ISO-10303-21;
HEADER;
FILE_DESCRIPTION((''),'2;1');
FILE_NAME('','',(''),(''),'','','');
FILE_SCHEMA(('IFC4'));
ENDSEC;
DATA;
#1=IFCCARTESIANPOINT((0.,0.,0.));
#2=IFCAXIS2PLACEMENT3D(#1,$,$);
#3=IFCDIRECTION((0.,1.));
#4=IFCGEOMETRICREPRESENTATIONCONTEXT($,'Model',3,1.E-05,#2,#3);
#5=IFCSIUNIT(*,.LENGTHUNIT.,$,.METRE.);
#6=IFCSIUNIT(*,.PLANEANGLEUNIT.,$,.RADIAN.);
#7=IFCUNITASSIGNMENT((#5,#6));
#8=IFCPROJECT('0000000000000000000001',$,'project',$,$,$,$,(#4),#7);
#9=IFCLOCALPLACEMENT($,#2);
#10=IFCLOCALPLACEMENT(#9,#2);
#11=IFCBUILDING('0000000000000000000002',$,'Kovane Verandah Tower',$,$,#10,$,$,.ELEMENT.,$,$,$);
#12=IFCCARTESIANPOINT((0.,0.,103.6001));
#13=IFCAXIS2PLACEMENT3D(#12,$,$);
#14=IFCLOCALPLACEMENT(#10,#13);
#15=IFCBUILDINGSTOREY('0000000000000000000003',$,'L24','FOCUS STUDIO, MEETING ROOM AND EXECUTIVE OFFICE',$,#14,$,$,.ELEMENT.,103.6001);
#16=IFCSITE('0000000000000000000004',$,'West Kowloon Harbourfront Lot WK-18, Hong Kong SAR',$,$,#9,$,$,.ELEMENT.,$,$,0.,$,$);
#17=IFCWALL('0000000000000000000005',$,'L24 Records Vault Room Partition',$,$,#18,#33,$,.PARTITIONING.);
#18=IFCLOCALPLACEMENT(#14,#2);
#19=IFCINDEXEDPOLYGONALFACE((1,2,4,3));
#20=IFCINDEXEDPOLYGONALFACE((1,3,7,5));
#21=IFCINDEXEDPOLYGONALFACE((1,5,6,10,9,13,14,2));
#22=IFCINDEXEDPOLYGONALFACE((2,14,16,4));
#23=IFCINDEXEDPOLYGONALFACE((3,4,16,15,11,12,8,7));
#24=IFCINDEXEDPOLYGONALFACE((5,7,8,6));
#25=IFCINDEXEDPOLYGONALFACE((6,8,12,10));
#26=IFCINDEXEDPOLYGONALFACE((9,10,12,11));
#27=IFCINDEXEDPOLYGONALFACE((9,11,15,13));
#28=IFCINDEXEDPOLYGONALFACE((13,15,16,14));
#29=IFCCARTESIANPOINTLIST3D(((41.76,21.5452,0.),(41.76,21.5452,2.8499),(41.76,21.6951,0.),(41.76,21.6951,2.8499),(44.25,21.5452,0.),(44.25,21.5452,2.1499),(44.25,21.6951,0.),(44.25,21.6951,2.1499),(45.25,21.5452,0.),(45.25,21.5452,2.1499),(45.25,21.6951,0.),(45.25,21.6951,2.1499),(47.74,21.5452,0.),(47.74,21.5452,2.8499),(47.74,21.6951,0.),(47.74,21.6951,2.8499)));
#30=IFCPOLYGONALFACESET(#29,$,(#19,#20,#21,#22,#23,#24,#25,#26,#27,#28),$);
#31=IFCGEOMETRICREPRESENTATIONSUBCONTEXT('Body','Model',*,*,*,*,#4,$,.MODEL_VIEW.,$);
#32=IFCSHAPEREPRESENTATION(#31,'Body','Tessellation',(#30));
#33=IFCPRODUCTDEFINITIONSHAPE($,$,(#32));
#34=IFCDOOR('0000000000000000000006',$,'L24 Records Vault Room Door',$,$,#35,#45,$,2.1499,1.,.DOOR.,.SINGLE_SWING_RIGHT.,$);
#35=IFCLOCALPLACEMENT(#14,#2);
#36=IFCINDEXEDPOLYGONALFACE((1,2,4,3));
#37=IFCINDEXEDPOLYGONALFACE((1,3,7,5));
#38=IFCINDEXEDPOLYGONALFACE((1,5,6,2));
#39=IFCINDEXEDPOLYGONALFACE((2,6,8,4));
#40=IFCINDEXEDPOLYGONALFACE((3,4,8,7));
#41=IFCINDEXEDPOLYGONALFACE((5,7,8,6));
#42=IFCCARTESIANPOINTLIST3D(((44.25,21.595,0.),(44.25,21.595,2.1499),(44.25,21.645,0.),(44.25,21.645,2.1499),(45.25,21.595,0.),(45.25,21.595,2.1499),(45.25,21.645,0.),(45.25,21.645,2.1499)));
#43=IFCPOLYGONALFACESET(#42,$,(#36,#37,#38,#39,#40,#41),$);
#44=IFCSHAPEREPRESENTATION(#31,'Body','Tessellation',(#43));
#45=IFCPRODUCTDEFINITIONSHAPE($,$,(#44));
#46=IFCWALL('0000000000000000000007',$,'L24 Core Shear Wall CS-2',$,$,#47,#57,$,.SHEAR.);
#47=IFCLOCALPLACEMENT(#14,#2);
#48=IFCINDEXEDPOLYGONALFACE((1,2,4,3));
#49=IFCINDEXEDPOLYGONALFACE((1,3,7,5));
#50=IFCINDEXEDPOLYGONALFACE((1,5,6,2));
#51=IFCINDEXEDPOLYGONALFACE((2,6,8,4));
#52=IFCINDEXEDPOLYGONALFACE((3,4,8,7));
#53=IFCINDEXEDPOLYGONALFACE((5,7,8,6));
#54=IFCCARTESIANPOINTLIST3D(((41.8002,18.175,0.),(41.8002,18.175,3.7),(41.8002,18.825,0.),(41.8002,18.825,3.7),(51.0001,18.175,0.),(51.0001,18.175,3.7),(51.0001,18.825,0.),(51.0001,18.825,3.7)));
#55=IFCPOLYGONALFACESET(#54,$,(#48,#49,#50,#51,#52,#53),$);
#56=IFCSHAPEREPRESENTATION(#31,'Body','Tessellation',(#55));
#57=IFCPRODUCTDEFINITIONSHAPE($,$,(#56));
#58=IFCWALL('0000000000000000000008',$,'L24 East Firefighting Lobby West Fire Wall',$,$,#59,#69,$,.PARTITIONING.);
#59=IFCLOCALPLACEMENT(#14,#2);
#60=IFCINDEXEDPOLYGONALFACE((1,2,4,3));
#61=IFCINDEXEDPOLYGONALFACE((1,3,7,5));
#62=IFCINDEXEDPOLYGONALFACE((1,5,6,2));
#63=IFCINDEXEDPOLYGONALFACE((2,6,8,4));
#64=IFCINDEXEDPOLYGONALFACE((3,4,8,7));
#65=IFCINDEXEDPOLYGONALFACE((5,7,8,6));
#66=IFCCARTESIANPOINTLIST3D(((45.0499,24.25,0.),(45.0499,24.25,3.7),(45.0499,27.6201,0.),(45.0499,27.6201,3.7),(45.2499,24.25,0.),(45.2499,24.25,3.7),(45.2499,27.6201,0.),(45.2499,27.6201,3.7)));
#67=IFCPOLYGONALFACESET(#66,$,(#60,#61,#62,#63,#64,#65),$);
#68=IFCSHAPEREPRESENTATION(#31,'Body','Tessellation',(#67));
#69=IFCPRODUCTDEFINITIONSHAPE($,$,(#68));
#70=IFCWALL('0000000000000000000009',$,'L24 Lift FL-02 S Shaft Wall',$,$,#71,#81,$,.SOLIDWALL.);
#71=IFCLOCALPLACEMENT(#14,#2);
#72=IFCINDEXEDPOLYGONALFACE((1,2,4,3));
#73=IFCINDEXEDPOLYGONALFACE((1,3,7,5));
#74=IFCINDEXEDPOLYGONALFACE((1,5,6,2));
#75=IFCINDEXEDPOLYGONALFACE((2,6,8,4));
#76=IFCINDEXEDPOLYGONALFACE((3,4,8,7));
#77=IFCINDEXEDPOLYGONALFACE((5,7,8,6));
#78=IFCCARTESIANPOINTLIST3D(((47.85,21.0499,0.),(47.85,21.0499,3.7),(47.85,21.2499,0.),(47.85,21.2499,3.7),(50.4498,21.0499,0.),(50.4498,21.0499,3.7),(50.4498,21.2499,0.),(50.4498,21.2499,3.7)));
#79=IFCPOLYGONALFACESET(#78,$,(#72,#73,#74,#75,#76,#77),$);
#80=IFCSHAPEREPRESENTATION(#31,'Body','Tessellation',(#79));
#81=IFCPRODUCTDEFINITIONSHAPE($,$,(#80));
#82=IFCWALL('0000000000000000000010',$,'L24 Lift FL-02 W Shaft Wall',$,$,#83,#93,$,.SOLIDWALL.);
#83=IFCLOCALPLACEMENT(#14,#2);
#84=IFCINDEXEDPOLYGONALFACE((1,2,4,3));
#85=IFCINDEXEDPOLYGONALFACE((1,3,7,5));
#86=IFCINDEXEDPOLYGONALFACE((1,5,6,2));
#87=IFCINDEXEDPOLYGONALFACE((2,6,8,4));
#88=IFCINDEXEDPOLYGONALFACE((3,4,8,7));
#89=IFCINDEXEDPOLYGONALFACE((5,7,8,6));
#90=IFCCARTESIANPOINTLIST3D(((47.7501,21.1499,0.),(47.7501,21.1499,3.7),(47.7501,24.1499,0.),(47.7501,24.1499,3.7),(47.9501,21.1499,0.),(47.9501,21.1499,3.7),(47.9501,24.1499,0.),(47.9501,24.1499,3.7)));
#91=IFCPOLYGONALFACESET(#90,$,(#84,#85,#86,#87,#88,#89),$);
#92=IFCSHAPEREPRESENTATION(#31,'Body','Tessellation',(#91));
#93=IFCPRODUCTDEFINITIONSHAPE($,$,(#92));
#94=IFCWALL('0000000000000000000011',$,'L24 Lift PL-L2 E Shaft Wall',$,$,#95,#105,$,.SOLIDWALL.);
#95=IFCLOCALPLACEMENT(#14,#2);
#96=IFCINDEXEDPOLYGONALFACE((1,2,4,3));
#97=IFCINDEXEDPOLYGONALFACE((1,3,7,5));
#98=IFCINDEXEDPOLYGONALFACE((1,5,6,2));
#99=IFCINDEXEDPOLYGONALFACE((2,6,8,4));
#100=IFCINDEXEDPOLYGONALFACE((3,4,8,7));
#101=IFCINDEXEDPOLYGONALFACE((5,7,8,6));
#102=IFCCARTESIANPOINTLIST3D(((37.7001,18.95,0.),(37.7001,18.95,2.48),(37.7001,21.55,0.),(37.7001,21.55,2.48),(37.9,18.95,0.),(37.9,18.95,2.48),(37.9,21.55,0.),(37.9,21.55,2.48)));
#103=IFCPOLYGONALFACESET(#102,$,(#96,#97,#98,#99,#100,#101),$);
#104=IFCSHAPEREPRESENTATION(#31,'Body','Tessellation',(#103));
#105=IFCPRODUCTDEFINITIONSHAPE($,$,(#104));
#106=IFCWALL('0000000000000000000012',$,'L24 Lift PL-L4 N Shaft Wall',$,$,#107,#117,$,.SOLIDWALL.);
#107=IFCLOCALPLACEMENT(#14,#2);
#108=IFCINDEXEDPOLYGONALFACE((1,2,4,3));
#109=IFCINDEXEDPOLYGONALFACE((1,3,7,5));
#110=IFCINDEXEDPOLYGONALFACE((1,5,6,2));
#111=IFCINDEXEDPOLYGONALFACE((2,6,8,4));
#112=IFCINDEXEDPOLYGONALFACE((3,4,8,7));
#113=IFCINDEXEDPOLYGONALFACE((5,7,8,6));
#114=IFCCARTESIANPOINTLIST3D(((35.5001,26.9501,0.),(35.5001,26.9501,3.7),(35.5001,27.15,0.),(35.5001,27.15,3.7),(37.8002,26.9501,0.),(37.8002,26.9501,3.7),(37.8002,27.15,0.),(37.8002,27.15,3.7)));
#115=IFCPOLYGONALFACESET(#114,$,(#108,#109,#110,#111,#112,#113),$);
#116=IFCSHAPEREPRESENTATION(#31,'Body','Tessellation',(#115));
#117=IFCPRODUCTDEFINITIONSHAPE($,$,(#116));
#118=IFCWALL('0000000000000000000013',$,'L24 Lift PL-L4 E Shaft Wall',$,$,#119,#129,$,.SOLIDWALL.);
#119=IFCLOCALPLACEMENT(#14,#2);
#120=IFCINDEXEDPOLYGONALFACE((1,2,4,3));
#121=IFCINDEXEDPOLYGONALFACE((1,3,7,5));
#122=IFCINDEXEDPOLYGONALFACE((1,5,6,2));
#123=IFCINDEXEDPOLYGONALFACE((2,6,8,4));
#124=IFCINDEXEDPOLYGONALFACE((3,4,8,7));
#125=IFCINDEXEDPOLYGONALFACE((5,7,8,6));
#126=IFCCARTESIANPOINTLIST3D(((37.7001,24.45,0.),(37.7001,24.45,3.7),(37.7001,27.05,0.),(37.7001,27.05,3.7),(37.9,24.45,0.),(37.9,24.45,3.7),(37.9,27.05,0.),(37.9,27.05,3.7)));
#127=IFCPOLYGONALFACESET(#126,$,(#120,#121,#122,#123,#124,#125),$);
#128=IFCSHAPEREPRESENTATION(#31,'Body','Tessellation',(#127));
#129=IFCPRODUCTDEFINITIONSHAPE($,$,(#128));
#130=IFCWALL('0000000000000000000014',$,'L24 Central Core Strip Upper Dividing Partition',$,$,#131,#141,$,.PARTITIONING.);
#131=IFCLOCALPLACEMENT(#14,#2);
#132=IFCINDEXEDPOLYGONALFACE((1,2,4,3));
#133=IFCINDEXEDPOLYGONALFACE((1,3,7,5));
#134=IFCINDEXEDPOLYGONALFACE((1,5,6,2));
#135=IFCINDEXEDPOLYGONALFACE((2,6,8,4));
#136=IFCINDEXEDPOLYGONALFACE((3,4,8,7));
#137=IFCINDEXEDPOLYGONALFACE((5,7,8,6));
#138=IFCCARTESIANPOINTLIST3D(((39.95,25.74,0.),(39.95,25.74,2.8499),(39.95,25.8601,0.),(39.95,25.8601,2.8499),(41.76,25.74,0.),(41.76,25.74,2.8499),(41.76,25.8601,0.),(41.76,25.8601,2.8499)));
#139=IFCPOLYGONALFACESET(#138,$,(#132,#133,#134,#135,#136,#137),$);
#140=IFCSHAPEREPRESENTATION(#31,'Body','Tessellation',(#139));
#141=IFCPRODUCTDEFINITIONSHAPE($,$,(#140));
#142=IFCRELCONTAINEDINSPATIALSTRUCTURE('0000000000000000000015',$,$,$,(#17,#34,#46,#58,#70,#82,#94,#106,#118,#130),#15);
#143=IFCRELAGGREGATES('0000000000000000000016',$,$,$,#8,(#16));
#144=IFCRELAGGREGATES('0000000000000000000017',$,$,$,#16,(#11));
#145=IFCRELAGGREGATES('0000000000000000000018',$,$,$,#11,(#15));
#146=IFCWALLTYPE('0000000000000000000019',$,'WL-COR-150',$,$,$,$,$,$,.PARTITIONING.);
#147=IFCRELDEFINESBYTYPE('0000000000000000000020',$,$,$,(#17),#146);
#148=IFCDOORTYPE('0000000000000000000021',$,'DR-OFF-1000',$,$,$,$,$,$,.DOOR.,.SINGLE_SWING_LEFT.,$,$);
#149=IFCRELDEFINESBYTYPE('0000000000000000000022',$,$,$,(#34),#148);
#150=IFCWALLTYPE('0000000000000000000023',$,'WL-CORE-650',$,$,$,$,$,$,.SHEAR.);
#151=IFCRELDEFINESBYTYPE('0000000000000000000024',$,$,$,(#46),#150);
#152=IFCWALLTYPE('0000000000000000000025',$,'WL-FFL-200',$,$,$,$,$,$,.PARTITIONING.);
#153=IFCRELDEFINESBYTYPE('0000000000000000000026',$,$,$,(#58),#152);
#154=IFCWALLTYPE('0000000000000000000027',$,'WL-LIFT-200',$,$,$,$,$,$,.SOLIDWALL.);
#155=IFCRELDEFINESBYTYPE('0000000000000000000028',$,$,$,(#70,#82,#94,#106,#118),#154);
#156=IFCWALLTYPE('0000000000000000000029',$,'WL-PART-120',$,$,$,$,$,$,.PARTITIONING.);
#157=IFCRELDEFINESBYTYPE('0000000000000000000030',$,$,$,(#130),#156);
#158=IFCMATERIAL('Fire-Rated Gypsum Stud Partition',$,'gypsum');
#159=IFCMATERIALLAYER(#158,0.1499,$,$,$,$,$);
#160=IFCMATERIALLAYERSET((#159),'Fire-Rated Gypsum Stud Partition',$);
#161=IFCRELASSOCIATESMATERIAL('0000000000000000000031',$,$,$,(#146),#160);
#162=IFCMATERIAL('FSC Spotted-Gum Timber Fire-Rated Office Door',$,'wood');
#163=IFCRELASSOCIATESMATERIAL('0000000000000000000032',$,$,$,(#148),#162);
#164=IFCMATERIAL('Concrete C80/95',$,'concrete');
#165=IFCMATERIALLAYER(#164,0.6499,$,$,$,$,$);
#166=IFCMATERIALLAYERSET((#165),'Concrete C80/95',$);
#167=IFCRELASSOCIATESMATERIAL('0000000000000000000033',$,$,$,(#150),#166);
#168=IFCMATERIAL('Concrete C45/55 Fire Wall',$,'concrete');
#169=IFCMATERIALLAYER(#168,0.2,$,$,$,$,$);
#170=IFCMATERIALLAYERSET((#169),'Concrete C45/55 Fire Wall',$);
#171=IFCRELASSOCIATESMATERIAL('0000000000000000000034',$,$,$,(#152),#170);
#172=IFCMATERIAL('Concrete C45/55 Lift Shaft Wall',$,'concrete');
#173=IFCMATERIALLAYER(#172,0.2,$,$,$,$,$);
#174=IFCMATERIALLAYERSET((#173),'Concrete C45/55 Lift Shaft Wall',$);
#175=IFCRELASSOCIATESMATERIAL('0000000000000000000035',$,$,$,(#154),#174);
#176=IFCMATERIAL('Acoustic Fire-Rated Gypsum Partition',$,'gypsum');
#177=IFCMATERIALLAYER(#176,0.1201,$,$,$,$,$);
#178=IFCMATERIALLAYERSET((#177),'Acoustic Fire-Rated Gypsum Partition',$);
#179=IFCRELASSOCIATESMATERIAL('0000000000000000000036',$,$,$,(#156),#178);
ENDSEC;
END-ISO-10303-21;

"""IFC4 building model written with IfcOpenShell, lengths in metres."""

from ifc_helpers import new_model, si_unit, direction, frame, frame_2d, origin, place, context, subcontext, project, spatial, rectangle, extrude, material, layer, layer_set, type_object, element, fill, save


model = new_model("IFC4")

# Units and contexts
model_context = context("Model", 3, precision=1e-05, world=origin(), true_north=direction((0.0, 1.0)))
body_context = subcontext(model_context, "Body", "Model", "MODEL_VIEW")
ifc_project = project(units=[si_unit("LENGTHUNIT", "METRE"), si_unit("PLANEANGLEUNIT", "RADIAN")], contexts=[model_context])

# Site, building, storey
site_placement = place(None, origin())
site = spatial("IfcSite", under=ifc_project, at=site_placement, Name="West Kowloon Harbourfront Lot WK-18, Hong Kong SAR", CompositionType="ELEMENT", RefElevation=0.0)
building_placement = place(site_placement, origin())
building = spatial("IfcBuilding", under=site, at=building_placement, Name="Kovane Verandah Tower", CompositionType="ELEMENT")
storey_placement = place(building_placement, frame((0.0, 0.0, 103.6001)))
storey = spatial("IfcBuildingStorey", under=building, at=storey_placement, Name="L24", Description="FOCUS STUDIO, MEETING ROOM AND EXECUTIVE OFFICE", CompositionType="ELEMENT", Elevation=103.6001)

# Shared definitions
ifc_material_1 = material(Name="Fire-Rated Gypsum Stud Partition", Category="gypsum")
ifc_layer_1 = layer(ifc_material_1, 0.1499)
ifc_layer_set_1 = layer_set([ifc_layer_1], Name="Fire-Rated Gypsum Stud Partition")
wall_type_1 = type_object("IfcWallType", Name="WL-COR-150", PredefinedType="PARTITIONING", material=ifc_layer_set_1)

# Wall, opening, door
wall_1_placement = place(storey_placement, frame((41.76, 21.6201, 0.0), z_axis=(0.0, 0.0, 1.0), x_axis=(1.0, 0.0, 0.0)))
wall_1 = element("IfcWall", 1, at=wall_1_placement, inside=storey, type_object=wall_type_1, Name="L24 Records Vault Room Partition", PredefinedType="PARTITIONING", context=body_context, shape_type="SweptSolid", body=[
    extrude(rectangle(XDim=5.98, YDim=0.1499, at=frame_2d((2.99, 0.0))), origin(), (0.0, 0.0, 1.0), 2.8499),
])
opening_1_placement = place(wall_1_placement, frame((2.49, 0.0, 0.0)))
opening_1 = element("IfcOpeningElement", 2, at=opening_1_placement, cuts=wall_1, PredefinedType="OPENING", context=body_context, shape_type="SweptSolid", body=[
    extrude(rectangle(XDim=1.0, YDim=2.1499, at=frame_2d((0.5, 1.075))), frame((0.0, 0.075, 0.0), z_axis=(0.0, -1.0, 0.0), x_axis=(1.0, 0.0, 0.0)), (0.0, 0.0, 1.0), 0.1499),
])
ifc_material_2 = material(Name="FSC Spotted-Gum Timber Fire-Rated Office Door", Category="wood")
door_type_1 = type_object("IfcDoorType", Name="DR-OFF-1000", OperationType="SINGLE_SWING_LEFT", PredefinedType="DOOR", material=ifc_material_2)
door_1_placement = place(opening_1_placement, origin())
door_1 = element("IfcDoor", 3, at=door_1_placement, inside=storey, type_object=door_type_1, Name="L24 Records Vault Room Door", OperationType="SINGLE_SWING_RIGHT", OverallHeight=2.1499, OverallWidth=1.0, PredefinedType="DOOR", context=body_context, shape_type="SweptSolid", body=[
    extrude(rectangle(XDim=1.0, YDim=2.1499, at=frame_2d((0.5, 1.075))), frame((0.0, 0.0249, 0.0), z_axis=(0.0, -1.0, 0.0), x_axis=(1.0, 0.0, 0.0)), (0.0, 0.0, 1.0), 0.05),
])
fill(opening_1, door_1)

# Walls
ifc_material_3 = material(Name="Concrete C80/95", Category="concrete")
ifc_layer_2 = layer(ifc_material_3, 0.6499)
ifc_layer_set_2 = layer_set([ifc_layer_2], Name="Concrete C80/95")
wall_type_2 = type_object("IfcWallType", Name="WL-CORE-650", PredefinedType="SHEAR", material=ifc_layer_set_2)
wall_2_placement = place(storey_placement, frame((41.8, 18.5, 0.0), z_axis=(0.0, 0.0, 1.0), x_axis=(1.0, 0.0, 0.0)))
element("IfcWall", 4, at=wall_2_placement, inside=storey, type_object=wall_type_2, Name="L24 Core Shear Wall CS-2", PredefinedType="SHEAR", context=body_context, shape_type="SweptSolid", body=[
    extrude(rectangle(XDim=9.2, YDim=0.6499, at=frame_2d((4.6001, 0.0))), origin(), (0.0, 0.0, 1.0), 3.7),
])
ifc_material_4 = material(Name="Concrete C45/55 Fire Wall", Category="concrete")
ifc_layer_3 = layer(ifc_material_4, 0.2)
ifc_layer_set_3 = layer_set([ifc_layer_3], Name="Concrete C45/55 Fire Wall")
wall_type_3 = type_object("IfcWallType", Name="WL-FFL-200", PredefinedType="PARTITIONING", material=ifc_layer_set_3)
wall_3_placement = place(storey_placement, frame((45.1499, 24.25, 0.0), z_axis=(0.0, 0.0, 1.0), x_axis=(0.0, 1.0, 0.0)))
element("IfcWall", 5, at=wall_3_placement, inside=storey, type_object=wall_type_3, Name="L24 East Firefighting Lobby West Fire Wall", PredefinedType="PARTITIONING", context=body_context, shape_type="SweptSolid", body=[
    extrude(rectangle(XDim=3.3701, YDim=0.2, at=frame_2d((1.6851, 0.0))), origin(), (0.0, 0.0, 1.0), 3.7),
])

# Walls
ifc_material_5 = material(Name="Concrete C45/55 Lift Shaft Wall", Category="concrete")
ifc_layer_4 = layer(ifc_material_5, 0.2)
ifc_layer_set_4 = layer_set([ifc_layer_4], Name="Concrete C45/55 Lift Shaft Wall")
wall_type_4 = type_object("IfcWallType", Name="WL-LIFT-200", PredefinedType="SOLIDWALL", material=ifc_layer_set_4)
wall_4_placement = place(storey_placement, frame((47.8501, 21.1499, 0.0), z_axis=(0.0, 0.0, 1.0), x_axis=(1.0, 0.0, 0.0)))
element("IfcWall", 6, at=wall_4_placement, inside=storey, type_object=wall_type_4, Name="L24 Lift FL-02 S Shaft Wall", PredefinedType="SOLIDWALL", context=body_context, shape_type="SweptSolid", body=[
    extrude(rectangle(XDim=2.5999, YDim=0.2, at=frame_2d((1.2998, 0.0))), origin(), (0.0, 0.0, 1.0), 3.7),
])
wall_5_placement = place(storey_placement, frame((47.8501, 24.1499, 0.0), z_axis=(0.0, 0.0, 1.0), x_axis=(0.0, -1.0, 0.0)))
element("IfcWall", 7, at=wall_5_placement, inside=storey, type_object=wall_type_4, Name="L24 Lift FL-02 W Shaft Wall", PredefinedType="SOLIDWALL", context=body_context, shape_type="SweptSolid", body=[
    extrude(rectangle(XDim=3.0, YDim=0.2, at=frame_2d((1.5, 0.0))), origin(), (0.0, 0.0, 1.0), 3.7),
])

# Walls
wall_6_placement = place(storey_placement, frame((37.8, 18.95, 0.0), z_axis=(0.0, 0.0, 1.0), x_axis=(0.0, 1.0, 0.0)))
element("IfcWall", 8, at=wall_6_placement, inside=storey, type_object=wall_type_4, Name="L24 Lift PL-L2 E Shaft Wall", PredefinedType="SOLIDWALL", context=body_context, shape_type="SweptSolid", body=[
    extrude(rectangle(XDim=2.6001, YDim=0.2, at=frame_2d((1.3, 0.0))), origin(), (0.0, 0.0, 1.0), 2.48),
])
wall_7_placement = place(storey_placement, frame((37.8, 27.05, 0.0), z_axis=(0.0, 0.0, 1.0), x_axis=(-1.0, 0.0, 0.0)))
element("IfcWall", 9, at=wall_7_placement, inside=storey, type_object=wall_type_4, Name="L24 Lift PL-L4 N Shaft Wall", PredefinedType="SOLIDWALL", context=body_context, shape_type="SweptSolid", body=[
    extrude(rectangle(XDim=2.3, YDim=0.2, at=frame_2d((1.1499, 0.0))), origin(), (0.0, 0.0, 1.0), 3.7),
])
wall_8_placement = place(storey_placement, frame((37.8, 24.45, 0.0), z_axis=(0.0, 0.0, 1.0), x_axis=(0.0, 1.0, 0.0)))
element("IfcWall", 10, at=wall_8_placement, inside=storey, type_object=wall_type_4, Name="L24 Lift PL-L4 E Shaft Wall", PredefinedType="SOLIDWALL", context=body_context, shape_type="SweptSolid", body=[
    extrude(rectangle(XDim=2.6001, YDim=0.2, at=frame_2d((1.3, 0.0))), origin(), (0.0, 0.0, 1.0), 3.7),
])
ifc_material_6 = material(Name="Acoustic Fire-Rated Gypsum Partition", Category="gypsum")
ifc_layer_5 = layer(ifc_material_6, 0.1201)
ifc_layer_set_5 = layer_set([ifc_layer_5], Name="Acoustic Fire-Rated Gypsum Partition")
wall_type_5 = type_object("IfcWallType", Name="WL-PART-120", PredefinedType="PARTITIONING", material=ifc_layer_set_5)
wall_9_placement = place(storey_placement, frame((39.95, 25.8, 0.0), z_axis=(0.0, 0.0, 1.0), x_axis=(1.0, 0.0, 0.0)))
element("IfcWall", 11, at=wall_9_placement, inside=storey, type_object=wall_type_5, Name="L24 Central Core Strip Upper Dividing Partition", PredefinedType="PARTITIONING", context=body_context, shape_type="SweptSolid", body=[
    extrude(rectangle(XDim=1.8101, YDim=0.1201, at=frame_2d((0.905, 0.0))), origin(), (0.0, 0.0, 1.0), 2.8499),
])

save(model, "model.ifc")
